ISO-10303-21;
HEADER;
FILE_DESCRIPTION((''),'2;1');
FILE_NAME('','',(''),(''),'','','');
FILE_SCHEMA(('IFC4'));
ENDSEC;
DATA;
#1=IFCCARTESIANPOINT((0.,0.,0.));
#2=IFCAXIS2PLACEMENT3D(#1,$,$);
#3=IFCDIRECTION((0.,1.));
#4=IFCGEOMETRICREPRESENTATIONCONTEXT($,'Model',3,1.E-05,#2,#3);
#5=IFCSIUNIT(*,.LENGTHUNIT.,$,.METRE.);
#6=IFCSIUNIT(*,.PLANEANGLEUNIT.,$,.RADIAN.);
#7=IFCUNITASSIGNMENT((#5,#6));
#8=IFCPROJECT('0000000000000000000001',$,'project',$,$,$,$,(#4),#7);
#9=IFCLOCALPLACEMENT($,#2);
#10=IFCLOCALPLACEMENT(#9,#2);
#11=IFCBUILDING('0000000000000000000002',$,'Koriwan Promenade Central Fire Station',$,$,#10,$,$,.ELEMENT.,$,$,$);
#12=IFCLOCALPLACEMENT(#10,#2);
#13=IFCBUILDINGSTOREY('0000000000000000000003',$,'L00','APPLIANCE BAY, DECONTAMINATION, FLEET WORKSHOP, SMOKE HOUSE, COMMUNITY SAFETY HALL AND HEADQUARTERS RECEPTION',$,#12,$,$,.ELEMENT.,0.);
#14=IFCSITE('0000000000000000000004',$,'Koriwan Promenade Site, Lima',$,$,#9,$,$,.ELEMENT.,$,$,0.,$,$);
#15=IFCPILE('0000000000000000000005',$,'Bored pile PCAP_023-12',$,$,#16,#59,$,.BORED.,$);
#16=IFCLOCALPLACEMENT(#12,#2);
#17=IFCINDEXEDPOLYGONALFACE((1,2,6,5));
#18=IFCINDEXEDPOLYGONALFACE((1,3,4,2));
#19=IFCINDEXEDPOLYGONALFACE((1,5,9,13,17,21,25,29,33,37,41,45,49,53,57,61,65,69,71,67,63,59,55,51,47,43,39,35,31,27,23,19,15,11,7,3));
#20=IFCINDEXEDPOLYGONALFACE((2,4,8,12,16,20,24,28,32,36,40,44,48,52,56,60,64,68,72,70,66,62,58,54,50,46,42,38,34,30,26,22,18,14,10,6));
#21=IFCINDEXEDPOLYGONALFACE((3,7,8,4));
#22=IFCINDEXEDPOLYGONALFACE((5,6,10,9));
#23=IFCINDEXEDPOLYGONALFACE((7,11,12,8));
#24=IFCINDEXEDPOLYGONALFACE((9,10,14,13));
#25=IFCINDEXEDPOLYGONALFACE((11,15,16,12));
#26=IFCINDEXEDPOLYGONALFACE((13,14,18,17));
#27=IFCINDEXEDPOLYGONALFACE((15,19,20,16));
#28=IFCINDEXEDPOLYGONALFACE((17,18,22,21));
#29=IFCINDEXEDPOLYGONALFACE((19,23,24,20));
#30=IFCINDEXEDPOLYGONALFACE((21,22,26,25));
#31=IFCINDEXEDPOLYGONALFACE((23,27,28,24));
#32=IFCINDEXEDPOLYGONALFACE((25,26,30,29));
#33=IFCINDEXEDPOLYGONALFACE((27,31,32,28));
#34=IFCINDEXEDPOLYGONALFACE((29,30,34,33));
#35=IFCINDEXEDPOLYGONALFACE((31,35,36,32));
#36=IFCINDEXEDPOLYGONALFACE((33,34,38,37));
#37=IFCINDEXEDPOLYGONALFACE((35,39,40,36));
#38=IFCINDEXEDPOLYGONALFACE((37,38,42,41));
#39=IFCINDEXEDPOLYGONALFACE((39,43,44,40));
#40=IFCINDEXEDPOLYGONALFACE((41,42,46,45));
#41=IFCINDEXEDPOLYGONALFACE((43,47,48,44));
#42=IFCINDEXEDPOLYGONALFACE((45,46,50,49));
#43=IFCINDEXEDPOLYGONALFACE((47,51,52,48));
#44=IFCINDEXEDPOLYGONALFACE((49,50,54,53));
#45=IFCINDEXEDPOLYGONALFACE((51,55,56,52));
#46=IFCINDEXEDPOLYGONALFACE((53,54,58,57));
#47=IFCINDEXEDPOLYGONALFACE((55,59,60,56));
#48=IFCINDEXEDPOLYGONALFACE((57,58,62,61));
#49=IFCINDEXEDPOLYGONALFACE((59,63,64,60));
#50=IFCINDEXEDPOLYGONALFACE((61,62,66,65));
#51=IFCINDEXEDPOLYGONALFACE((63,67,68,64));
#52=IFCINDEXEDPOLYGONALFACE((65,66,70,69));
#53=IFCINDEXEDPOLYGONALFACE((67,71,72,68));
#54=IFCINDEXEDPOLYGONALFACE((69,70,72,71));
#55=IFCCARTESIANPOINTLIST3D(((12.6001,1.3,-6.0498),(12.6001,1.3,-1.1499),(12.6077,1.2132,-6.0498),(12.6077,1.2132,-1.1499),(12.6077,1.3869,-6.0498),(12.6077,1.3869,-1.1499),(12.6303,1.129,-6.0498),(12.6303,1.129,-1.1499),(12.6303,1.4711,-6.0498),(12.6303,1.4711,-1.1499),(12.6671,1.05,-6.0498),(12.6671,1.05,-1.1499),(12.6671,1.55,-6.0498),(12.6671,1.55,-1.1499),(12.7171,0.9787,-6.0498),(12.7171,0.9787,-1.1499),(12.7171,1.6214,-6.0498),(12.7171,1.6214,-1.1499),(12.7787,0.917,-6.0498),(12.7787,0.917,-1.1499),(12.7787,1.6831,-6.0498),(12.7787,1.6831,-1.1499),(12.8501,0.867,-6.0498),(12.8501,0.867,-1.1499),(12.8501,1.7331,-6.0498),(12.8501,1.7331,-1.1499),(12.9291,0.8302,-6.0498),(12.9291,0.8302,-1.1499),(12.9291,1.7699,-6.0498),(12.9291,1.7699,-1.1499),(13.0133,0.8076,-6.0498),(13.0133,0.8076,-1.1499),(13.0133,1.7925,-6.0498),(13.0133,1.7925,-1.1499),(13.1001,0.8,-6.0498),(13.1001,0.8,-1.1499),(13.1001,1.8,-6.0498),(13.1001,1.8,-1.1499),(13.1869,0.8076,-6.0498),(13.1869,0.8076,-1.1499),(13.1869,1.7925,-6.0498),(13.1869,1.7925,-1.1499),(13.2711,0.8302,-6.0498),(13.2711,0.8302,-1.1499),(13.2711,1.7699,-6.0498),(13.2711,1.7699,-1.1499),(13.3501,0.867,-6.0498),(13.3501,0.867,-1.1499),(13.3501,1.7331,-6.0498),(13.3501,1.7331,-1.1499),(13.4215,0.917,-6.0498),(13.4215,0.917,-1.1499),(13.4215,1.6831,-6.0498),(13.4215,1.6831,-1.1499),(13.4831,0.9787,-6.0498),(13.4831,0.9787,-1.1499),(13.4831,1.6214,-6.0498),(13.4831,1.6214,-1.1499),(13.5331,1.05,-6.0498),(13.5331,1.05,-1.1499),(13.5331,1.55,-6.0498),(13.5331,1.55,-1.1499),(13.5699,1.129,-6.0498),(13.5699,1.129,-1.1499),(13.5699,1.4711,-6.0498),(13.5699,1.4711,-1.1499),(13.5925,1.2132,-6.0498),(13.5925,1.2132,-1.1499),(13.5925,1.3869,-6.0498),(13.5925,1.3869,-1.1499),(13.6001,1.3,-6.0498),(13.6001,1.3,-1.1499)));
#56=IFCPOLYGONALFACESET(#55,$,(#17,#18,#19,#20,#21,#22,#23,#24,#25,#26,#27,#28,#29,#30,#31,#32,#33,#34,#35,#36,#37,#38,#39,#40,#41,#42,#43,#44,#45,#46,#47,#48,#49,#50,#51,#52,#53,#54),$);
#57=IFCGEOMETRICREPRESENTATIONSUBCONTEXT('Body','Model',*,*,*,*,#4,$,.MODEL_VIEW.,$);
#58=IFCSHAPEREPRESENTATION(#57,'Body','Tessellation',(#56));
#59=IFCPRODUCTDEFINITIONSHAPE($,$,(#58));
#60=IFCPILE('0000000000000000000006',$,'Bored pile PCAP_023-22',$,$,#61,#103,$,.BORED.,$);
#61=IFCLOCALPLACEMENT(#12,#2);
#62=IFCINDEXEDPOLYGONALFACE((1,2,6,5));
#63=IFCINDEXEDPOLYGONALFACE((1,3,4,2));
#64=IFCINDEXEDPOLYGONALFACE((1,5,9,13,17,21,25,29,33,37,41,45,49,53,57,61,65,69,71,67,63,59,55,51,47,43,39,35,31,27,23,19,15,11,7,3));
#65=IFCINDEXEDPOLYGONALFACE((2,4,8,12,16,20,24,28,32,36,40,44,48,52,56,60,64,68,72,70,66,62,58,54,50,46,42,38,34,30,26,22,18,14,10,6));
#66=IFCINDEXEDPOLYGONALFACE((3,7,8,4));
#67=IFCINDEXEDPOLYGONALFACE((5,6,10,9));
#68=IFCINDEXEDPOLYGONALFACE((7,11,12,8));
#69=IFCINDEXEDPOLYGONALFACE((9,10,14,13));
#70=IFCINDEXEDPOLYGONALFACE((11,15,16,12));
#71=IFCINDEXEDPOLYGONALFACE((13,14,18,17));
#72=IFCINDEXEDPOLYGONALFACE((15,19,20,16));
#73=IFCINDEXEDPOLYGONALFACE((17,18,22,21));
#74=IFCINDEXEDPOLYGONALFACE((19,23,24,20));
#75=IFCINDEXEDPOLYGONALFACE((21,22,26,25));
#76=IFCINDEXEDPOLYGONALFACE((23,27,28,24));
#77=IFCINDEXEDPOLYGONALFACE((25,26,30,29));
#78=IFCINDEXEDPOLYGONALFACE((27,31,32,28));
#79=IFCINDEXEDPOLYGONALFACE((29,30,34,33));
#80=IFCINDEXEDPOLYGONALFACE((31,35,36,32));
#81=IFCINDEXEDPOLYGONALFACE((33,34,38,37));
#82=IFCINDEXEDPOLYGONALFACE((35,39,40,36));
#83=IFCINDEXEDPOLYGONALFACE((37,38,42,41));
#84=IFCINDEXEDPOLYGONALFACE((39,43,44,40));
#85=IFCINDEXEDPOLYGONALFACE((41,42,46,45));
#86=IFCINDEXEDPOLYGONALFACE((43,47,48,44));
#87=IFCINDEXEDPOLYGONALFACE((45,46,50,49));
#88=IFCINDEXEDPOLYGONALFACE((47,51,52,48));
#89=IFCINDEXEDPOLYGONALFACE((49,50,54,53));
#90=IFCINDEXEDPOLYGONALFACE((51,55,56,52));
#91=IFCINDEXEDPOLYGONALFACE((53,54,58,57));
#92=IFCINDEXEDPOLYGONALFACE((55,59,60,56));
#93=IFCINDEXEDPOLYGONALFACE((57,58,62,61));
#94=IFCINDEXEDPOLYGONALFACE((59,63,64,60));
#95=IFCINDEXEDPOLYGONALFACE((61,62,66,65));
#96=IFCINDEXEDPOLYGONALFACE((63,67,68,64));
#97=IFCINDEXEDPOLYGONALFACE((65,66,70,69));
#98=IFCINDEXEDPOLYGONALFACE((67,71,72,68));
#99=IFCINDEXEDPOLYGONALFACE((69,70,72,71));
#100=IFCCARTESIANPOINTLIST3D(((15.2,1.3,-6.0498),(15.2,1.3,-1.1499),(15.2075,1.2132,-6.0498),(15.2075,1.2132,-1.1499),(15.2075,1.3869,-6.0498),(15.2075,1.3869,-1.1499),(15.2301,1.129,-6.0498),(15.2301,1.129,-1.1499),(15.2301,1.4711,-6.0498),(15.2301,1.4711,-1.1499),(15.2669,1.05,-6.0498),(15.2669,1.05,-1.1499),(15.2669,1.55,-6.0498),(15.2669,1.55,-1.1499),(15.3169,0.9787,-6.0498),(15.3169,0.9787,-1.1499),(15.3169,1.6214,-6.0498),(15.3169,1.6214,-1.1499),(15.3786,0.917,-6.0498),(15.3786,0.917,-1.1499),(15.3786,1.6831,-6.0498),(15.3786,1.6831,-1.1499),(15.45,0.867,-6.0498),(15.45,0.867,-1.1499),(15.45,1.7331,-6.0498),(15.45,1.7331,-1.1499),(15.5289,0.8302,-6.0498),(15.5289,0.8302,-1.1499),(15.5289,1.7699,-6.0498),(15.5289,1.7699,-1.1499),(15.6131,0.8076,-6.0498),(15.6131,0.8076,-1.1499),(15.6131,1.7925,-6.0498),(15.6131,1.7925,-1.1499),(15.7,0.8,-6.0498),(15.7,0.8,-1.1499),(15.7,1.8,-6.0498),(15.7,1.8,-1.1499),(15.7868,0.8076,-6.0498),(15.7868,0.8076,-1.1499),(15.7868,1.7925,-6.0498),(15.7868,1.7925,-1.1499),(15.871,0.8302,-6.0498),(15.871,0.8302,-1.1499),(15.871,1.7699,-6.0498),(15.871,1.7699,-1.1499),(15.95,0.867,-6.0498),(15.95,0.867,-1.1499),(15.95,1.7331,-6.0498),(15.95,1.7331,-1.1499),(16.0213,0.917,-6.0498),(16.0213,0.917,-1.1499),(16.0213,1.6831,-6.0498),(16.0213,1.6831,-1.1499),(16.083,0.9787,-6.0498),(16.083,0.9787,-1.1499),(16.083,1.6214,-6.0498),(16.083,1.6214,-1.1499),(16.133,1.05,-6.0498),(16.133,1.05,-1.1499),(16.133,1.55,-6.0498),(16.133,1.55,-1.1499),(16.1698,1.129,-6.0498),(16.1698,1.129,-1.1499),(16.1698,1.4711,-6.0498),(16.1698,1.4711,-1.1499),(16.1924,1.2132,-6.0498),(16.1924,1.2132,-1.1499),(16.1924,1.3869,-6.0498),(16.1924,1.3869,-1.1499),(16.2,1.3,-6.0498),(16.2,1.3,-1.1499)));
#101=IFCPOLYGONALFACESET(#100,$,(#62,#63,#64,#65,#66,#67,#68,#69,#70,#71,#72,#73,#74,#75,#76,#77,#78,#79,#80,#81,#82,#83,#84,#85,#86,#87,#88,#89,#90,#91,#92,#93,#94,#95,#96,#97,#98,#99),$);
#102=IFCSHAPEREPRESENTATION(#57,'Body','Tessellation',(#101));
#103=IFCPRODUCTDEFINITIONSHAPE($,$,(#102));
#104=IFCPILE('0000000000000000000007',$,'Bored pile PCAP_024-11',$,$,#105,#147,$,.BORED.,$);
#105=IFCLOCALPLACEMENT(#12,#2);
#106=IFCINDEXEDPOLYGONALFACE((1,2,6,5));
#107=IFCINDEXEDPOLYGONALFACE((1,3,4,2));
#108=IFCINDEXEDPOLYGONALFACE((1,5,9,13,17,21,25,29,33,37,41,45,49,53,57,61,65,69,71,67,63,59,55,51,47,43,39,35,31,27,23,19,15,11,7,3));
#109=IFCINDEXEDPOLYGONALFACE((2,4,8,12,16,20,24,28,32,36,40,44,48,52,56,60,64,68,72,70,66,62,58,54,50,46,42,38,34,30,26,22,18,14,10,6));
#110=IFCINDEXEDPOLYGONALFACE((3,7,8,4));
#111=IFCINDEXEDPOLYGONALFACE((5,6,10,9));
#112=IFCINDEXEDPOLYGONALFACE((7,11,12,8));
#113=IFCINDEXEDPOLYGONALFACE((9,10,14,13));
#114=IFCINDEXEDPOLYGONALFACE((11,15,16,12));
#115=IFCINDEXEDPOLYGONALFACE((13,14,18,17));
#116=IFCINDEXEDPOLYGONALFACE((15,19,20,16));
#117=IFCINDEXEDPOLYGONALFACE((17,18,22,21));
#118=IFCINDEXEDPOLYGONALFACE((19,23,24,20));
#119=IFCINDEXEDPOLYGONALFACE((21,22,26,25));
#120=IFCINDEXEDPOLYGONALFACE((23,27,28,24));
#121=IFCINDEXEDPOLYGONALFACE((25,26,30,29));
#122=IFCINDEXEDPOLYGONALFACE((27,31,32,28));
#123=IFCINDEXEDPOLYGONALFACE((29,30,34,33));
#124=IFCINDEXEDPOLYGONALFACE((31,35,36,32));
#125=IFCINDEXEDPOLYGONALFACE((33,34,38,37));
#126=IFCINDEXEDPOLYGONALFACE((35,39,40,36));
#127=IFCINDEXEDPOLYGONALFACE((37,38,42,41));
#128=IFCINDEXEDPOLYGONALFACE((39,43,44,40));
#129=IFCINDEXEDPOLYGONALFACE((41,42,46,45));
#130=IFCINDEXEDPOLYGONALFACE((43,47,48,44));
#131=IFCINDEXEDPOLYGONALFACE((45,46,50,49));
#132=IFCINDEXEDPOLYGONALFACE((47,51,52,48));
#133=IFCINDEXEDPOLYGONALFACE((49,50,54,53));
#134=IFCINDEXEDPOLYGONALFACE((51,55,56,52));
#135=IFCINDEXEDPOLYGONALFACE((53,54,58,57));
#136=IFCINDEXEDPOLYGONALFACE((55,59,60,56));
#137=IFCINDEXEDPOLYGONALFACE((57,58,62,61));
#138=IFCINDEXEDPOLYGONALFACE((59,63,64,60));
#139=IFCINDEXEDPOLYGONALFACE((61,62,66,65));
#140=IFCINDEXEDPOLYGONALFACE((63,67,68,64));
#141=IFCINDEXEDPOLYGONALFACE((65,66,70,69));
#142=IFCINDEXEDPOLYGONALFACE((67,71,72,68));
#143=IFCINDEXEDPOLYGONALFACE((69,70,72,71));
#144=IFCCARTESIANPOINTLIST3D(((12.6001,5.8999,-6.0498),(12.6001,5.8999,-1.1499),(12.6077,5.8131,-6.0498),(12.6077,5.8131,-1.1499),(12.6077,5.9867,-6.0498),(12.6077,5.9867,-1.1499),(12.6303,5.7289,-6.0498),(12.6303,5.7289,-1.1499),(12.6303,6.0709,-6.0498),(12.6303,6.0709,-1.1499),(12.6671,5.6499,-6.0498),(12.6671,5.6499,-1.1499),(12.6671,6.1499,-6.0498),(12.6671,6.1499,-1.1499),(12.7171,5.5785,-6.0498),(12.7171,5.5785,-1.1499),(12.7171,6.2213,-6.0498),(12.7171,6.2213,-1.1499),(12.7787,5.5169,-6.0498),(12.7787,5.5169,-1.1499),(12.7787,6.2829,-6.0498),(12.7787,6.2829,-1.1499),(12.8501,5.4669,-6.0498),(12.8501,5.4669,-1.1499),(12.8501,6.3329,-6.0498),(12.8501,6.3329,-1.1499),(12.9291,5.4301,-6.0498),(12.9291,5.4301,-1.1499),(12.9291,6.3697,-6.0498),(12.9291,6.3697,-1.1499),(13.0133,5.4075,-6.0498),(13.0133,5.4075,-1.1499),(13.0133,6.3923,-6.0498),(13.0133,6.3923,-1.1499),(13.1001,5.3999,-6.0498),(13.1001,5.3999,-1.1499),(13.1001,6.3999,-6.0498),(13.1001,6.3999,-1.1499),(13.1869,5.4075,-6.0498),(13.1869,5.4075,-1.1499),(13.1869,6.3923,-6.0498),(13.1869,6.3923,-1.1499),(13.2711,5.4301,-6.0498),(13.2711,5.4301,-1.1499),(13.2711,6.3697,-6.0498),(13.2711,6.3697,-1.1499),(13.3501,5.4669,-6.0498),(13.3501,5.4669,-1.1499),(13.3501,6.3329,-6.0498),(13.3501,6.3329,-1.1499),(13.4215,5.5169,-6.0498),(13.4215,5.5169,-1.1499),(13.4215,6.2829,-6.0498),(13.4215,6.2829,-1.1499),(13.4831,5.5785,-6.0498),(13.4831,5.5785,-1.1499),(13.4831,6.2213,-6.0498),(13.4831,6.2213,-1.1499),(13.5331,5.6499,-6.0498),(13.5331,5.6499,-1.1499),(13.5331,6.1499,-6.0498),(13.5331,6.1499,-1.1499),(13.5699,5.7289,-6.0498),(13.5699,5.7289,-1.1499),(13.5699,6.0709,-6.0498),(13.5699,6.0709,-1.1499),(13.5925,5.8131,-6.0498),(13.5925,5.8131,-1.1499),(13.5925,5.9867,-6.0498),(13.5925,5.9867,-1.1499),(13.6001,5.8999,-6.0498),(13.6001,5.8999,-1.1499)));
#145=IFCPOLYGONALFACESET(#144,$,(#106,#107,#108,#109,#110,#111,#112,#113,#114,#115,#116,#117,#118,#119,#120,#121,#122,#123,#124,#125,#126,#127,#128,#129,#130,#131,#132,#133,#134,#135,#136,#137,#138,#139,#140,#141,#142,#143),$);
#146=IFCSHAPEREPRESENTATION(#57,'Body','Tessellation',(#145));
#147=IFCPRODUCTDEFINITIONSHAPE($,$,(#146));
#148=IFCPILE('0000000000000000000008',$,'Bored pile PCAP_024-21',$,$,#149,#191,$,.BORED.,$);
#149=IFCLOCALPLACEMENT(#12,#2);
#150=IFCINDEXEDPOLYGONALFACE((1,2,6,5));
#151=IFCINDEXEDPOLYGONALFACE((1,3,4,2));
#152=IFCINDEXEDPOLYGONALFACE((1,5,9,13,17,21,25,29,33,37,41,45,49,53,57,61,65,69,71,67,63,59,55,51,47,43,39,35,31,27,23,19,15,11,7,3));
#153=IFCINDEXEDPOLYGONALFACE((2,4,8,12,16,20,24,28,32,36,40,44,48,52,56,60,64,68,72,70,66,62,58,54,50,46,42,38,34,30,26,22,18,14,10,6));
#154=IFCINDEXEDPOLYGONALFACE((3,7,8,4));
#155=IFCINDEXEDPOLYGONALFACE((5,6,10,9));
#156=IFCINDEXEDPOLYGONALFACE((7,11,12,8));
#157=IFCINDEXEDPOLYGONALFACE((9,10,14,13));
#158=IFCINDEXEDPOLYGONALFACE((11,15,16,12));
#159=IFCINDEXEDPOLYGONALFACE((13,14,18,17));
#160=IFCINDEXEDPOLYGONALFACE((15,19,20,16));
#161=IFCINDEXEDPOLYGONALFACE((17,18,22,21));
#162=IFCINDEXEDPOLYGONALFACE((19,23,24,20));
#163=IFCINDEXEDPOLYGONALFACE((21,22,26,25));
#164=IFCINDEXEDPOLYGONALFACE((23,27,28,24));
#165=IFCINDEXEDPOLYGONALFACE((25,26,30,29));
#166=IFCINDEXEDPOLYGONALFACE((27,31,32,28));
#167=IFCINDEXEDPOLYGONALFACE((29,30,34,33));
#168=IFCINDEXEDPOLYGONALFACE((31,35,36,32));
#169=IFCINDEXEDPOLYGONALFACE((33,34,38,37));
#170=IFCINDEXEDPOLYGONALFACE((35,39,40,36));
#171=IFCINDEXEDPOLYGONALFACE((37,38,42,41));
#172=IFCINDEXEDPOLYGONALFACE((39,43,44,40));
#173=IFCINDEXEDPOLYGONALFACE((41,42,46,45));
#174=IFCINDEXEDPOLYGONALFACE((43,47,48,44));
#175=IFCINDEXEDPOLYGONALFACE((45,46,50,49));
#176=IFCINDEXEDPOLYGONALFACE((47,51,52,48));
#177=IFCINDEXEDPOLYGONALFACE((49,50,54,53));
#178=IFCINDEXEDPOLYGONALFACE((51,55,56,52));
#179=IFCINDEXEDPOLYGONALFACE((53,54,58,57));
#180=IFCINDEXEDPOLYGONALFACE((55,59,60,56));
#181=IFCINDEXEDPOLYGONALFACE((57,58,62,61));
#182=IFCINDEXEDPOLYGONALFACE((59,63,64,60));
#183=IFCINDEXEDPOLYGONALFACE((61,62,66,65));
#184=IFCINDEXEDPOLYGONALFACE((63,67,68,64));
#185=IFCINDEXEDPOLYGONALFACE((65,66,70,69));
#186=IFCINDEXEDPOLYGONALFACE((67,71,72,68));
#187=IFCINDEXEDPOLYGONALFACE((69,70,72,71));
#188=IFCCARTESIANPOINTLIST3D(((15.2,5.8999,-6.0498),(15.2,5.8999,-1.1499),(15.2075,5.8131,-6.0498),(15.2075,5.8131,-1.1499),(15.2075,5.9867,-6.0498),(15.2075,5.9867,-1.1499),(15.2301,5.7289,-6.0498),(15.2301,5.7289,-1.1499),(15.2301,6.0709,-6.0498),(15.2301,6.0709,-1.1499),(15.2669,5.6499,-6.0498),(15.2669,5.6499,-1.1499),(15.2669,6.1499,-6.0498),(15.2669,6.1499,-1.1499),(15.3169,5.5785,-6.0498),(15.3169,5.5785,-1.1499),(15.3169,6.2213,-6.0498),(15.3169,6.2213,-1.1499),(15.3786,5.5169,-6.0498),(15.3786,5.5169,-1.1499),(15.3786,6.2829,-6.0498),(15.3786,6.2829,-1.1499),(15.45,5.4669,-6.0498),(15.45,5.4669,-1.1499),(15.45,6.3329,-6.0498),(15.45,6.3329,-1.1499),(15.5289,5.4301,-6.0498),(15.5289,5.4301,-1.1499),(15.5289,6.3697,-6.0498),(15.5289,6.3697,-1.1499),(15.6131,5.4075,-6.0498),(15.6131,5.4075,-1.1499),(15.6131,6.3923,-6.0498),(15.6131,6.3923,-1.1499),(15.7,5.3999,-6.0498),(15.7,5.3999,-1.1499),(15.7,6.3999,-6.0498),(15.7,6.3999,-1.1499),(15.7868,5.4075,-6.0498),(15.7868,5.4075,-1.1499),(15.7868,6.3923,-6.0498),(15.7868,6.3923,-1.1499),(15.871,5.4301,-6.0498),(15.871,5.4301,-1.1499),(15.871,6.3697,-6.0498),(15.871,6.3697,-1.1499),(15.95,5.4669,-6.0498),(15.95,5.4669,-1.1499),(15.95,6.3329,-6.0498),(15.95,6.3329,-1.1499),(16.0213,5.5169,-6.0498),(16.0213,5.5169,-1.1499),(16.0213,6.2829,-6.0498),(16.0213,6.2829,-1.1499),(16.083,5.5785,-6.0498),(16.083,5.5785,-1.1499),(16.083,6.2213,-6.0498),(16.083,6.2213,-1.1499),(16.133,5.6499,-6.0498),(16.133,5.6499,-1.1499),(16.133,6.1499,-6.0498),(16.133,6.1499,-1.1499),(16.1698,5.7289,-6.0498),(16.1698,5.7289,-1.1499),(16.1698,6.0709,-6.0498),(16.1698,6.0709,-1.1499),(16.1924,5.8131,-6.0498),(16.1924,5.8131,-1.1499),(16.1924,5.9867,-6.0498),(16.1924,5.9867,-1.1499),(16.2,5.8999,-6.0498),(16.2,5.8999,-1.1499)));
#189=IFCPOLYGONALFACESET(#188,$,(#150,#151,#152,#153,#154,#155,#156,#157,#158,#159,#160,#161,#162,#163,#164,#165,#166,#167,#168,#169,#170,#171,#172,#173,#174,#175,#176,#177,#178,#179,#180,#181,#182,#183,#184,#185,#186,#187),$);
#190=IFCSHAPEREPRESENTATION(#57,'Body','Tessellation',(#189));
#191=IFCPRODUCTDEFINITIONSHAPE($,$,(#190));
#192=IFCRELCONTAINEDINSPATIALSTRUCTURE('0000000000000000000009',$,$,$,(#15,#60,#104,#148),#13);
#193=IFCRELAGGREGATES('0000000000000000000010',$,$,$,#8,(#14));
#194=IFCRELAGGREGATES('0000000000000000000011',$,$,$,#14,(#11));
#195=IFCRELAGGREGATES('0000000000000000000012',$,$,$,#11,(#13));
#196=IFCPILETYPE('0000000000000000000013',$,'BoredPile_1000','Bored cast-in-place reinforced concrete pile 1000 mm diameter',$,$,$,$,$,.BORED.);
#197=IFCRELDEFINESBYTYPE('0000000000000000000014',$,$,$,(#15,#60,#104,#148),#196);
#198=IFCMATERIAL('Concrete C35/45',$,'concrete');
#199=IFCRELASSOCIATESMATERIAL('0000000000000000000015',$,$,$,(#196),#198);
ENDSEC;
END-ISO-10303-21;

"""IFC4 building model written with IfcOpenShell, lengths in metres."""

from ifc_helpers import new_model, si_unit, direction, frame, origin, origin_2d, place, context, subcontext, project, spatial, circle, extrude, material, material_profile, profile_set, type_object, element, save


model = new_model("IFC4")

# Units and contexts
model_context = context("Model", 3, precision=1e-05, world=origin(), true_north=direction((0.0, 1.0)))
body_context = subcontext(model_context, "Body", "Model", "MODEL_VIEW")
ifc_project = project(units=[si_unit("LENGTHUNIT", "METRE"), si_unit("PLANEANGLEUNIT", "RADIAN")], contexts=[model_context])

# Site, building, storey
site_placement = place(None, origin())
site = spatial("IfcSite", under=ifc_project, at=site_placement, Name="Koriwan Promenade Site, Lima", CompositionType="ELEMENT", RefElevation=0.0)
building_placement = place(site_placement, origin())
building = spatial("IfcBuilding", under=site, at=building_placement, Name="Koriwan Promenade Central Fire Station", CompositionType="ELEMENT")
storey_placement = place(building_placement, origin())
storey = spatial("IfcBuildingStorey", under=building, at=storey_placement, Name="L00", Description="APPLIANCE BAY, DECONTAMINATION, FLEET WORKSHOP, SMOKE HOUSE, COMMUNITY SAFETY HALL AND HEADQUARTERS RECEPTION", CompositionType="ELEMENT", Elevation=0.0)

# Piles
ifc_material_1 = material(Name="Concrete C35/45", Category="concrete")
ifc_material_profile_1 = material_profile(ifc_material_1, circle(Radius=0.5, at=origin_2d()), Name="PILE-D1000")
ifc_profile_set_1 = profile_set([ifc_material_profile_1], Name="Concrete C35/45")
pile_type_1 = type_object("IfcPileType", Name="BoredPile_1000", Description="Bored cast-in-place reinforced concrete pile 1000 mm diameter", PredefinedType="BORED", material=ifc_profile_set_1)
for number, where, z_axis, x_axis, name in (
    (1, (13.1001, 1.3, -1.1499), (0.0, 0.0, -1.0), (1.0, 0.0, 0.0), "Bored pile PCAP_023-12"),
    (2, (15.7, 1.3, -1.1499), (0.0, 0.0, -1.0), (1.0, 0.0, 0.0), "Bored pile PCAP_023-22"),
    (3, (13.1001, 5.8999, -1.1499), (0.0, 0.0, -1.0), (1.0, 0.0, 0.0), "Bored pile PCAP_024-11"),
    (4, (15.7, 5.8999, -1.1499), (0.0, 0.0, -1.0), (1.0, 0.0, 0.0), "Bored pile PCAP_024-21"),
):
    element("IfcPile", number, at=place(storey_placement, frame(where, z_axis=z_axis, x_axis=x_axis)), inside=storey, type_object=pile_type_1, Name=name, PredefinedType="BORED", context=body_context, shape_type="SweptSolid", body=[
        extrude(circle(Radius=0.5, at=origin_2d()), origin(), (0.0, 0.0, 1.0), 4.8999),
    ])

save(model, "model.ifc")
